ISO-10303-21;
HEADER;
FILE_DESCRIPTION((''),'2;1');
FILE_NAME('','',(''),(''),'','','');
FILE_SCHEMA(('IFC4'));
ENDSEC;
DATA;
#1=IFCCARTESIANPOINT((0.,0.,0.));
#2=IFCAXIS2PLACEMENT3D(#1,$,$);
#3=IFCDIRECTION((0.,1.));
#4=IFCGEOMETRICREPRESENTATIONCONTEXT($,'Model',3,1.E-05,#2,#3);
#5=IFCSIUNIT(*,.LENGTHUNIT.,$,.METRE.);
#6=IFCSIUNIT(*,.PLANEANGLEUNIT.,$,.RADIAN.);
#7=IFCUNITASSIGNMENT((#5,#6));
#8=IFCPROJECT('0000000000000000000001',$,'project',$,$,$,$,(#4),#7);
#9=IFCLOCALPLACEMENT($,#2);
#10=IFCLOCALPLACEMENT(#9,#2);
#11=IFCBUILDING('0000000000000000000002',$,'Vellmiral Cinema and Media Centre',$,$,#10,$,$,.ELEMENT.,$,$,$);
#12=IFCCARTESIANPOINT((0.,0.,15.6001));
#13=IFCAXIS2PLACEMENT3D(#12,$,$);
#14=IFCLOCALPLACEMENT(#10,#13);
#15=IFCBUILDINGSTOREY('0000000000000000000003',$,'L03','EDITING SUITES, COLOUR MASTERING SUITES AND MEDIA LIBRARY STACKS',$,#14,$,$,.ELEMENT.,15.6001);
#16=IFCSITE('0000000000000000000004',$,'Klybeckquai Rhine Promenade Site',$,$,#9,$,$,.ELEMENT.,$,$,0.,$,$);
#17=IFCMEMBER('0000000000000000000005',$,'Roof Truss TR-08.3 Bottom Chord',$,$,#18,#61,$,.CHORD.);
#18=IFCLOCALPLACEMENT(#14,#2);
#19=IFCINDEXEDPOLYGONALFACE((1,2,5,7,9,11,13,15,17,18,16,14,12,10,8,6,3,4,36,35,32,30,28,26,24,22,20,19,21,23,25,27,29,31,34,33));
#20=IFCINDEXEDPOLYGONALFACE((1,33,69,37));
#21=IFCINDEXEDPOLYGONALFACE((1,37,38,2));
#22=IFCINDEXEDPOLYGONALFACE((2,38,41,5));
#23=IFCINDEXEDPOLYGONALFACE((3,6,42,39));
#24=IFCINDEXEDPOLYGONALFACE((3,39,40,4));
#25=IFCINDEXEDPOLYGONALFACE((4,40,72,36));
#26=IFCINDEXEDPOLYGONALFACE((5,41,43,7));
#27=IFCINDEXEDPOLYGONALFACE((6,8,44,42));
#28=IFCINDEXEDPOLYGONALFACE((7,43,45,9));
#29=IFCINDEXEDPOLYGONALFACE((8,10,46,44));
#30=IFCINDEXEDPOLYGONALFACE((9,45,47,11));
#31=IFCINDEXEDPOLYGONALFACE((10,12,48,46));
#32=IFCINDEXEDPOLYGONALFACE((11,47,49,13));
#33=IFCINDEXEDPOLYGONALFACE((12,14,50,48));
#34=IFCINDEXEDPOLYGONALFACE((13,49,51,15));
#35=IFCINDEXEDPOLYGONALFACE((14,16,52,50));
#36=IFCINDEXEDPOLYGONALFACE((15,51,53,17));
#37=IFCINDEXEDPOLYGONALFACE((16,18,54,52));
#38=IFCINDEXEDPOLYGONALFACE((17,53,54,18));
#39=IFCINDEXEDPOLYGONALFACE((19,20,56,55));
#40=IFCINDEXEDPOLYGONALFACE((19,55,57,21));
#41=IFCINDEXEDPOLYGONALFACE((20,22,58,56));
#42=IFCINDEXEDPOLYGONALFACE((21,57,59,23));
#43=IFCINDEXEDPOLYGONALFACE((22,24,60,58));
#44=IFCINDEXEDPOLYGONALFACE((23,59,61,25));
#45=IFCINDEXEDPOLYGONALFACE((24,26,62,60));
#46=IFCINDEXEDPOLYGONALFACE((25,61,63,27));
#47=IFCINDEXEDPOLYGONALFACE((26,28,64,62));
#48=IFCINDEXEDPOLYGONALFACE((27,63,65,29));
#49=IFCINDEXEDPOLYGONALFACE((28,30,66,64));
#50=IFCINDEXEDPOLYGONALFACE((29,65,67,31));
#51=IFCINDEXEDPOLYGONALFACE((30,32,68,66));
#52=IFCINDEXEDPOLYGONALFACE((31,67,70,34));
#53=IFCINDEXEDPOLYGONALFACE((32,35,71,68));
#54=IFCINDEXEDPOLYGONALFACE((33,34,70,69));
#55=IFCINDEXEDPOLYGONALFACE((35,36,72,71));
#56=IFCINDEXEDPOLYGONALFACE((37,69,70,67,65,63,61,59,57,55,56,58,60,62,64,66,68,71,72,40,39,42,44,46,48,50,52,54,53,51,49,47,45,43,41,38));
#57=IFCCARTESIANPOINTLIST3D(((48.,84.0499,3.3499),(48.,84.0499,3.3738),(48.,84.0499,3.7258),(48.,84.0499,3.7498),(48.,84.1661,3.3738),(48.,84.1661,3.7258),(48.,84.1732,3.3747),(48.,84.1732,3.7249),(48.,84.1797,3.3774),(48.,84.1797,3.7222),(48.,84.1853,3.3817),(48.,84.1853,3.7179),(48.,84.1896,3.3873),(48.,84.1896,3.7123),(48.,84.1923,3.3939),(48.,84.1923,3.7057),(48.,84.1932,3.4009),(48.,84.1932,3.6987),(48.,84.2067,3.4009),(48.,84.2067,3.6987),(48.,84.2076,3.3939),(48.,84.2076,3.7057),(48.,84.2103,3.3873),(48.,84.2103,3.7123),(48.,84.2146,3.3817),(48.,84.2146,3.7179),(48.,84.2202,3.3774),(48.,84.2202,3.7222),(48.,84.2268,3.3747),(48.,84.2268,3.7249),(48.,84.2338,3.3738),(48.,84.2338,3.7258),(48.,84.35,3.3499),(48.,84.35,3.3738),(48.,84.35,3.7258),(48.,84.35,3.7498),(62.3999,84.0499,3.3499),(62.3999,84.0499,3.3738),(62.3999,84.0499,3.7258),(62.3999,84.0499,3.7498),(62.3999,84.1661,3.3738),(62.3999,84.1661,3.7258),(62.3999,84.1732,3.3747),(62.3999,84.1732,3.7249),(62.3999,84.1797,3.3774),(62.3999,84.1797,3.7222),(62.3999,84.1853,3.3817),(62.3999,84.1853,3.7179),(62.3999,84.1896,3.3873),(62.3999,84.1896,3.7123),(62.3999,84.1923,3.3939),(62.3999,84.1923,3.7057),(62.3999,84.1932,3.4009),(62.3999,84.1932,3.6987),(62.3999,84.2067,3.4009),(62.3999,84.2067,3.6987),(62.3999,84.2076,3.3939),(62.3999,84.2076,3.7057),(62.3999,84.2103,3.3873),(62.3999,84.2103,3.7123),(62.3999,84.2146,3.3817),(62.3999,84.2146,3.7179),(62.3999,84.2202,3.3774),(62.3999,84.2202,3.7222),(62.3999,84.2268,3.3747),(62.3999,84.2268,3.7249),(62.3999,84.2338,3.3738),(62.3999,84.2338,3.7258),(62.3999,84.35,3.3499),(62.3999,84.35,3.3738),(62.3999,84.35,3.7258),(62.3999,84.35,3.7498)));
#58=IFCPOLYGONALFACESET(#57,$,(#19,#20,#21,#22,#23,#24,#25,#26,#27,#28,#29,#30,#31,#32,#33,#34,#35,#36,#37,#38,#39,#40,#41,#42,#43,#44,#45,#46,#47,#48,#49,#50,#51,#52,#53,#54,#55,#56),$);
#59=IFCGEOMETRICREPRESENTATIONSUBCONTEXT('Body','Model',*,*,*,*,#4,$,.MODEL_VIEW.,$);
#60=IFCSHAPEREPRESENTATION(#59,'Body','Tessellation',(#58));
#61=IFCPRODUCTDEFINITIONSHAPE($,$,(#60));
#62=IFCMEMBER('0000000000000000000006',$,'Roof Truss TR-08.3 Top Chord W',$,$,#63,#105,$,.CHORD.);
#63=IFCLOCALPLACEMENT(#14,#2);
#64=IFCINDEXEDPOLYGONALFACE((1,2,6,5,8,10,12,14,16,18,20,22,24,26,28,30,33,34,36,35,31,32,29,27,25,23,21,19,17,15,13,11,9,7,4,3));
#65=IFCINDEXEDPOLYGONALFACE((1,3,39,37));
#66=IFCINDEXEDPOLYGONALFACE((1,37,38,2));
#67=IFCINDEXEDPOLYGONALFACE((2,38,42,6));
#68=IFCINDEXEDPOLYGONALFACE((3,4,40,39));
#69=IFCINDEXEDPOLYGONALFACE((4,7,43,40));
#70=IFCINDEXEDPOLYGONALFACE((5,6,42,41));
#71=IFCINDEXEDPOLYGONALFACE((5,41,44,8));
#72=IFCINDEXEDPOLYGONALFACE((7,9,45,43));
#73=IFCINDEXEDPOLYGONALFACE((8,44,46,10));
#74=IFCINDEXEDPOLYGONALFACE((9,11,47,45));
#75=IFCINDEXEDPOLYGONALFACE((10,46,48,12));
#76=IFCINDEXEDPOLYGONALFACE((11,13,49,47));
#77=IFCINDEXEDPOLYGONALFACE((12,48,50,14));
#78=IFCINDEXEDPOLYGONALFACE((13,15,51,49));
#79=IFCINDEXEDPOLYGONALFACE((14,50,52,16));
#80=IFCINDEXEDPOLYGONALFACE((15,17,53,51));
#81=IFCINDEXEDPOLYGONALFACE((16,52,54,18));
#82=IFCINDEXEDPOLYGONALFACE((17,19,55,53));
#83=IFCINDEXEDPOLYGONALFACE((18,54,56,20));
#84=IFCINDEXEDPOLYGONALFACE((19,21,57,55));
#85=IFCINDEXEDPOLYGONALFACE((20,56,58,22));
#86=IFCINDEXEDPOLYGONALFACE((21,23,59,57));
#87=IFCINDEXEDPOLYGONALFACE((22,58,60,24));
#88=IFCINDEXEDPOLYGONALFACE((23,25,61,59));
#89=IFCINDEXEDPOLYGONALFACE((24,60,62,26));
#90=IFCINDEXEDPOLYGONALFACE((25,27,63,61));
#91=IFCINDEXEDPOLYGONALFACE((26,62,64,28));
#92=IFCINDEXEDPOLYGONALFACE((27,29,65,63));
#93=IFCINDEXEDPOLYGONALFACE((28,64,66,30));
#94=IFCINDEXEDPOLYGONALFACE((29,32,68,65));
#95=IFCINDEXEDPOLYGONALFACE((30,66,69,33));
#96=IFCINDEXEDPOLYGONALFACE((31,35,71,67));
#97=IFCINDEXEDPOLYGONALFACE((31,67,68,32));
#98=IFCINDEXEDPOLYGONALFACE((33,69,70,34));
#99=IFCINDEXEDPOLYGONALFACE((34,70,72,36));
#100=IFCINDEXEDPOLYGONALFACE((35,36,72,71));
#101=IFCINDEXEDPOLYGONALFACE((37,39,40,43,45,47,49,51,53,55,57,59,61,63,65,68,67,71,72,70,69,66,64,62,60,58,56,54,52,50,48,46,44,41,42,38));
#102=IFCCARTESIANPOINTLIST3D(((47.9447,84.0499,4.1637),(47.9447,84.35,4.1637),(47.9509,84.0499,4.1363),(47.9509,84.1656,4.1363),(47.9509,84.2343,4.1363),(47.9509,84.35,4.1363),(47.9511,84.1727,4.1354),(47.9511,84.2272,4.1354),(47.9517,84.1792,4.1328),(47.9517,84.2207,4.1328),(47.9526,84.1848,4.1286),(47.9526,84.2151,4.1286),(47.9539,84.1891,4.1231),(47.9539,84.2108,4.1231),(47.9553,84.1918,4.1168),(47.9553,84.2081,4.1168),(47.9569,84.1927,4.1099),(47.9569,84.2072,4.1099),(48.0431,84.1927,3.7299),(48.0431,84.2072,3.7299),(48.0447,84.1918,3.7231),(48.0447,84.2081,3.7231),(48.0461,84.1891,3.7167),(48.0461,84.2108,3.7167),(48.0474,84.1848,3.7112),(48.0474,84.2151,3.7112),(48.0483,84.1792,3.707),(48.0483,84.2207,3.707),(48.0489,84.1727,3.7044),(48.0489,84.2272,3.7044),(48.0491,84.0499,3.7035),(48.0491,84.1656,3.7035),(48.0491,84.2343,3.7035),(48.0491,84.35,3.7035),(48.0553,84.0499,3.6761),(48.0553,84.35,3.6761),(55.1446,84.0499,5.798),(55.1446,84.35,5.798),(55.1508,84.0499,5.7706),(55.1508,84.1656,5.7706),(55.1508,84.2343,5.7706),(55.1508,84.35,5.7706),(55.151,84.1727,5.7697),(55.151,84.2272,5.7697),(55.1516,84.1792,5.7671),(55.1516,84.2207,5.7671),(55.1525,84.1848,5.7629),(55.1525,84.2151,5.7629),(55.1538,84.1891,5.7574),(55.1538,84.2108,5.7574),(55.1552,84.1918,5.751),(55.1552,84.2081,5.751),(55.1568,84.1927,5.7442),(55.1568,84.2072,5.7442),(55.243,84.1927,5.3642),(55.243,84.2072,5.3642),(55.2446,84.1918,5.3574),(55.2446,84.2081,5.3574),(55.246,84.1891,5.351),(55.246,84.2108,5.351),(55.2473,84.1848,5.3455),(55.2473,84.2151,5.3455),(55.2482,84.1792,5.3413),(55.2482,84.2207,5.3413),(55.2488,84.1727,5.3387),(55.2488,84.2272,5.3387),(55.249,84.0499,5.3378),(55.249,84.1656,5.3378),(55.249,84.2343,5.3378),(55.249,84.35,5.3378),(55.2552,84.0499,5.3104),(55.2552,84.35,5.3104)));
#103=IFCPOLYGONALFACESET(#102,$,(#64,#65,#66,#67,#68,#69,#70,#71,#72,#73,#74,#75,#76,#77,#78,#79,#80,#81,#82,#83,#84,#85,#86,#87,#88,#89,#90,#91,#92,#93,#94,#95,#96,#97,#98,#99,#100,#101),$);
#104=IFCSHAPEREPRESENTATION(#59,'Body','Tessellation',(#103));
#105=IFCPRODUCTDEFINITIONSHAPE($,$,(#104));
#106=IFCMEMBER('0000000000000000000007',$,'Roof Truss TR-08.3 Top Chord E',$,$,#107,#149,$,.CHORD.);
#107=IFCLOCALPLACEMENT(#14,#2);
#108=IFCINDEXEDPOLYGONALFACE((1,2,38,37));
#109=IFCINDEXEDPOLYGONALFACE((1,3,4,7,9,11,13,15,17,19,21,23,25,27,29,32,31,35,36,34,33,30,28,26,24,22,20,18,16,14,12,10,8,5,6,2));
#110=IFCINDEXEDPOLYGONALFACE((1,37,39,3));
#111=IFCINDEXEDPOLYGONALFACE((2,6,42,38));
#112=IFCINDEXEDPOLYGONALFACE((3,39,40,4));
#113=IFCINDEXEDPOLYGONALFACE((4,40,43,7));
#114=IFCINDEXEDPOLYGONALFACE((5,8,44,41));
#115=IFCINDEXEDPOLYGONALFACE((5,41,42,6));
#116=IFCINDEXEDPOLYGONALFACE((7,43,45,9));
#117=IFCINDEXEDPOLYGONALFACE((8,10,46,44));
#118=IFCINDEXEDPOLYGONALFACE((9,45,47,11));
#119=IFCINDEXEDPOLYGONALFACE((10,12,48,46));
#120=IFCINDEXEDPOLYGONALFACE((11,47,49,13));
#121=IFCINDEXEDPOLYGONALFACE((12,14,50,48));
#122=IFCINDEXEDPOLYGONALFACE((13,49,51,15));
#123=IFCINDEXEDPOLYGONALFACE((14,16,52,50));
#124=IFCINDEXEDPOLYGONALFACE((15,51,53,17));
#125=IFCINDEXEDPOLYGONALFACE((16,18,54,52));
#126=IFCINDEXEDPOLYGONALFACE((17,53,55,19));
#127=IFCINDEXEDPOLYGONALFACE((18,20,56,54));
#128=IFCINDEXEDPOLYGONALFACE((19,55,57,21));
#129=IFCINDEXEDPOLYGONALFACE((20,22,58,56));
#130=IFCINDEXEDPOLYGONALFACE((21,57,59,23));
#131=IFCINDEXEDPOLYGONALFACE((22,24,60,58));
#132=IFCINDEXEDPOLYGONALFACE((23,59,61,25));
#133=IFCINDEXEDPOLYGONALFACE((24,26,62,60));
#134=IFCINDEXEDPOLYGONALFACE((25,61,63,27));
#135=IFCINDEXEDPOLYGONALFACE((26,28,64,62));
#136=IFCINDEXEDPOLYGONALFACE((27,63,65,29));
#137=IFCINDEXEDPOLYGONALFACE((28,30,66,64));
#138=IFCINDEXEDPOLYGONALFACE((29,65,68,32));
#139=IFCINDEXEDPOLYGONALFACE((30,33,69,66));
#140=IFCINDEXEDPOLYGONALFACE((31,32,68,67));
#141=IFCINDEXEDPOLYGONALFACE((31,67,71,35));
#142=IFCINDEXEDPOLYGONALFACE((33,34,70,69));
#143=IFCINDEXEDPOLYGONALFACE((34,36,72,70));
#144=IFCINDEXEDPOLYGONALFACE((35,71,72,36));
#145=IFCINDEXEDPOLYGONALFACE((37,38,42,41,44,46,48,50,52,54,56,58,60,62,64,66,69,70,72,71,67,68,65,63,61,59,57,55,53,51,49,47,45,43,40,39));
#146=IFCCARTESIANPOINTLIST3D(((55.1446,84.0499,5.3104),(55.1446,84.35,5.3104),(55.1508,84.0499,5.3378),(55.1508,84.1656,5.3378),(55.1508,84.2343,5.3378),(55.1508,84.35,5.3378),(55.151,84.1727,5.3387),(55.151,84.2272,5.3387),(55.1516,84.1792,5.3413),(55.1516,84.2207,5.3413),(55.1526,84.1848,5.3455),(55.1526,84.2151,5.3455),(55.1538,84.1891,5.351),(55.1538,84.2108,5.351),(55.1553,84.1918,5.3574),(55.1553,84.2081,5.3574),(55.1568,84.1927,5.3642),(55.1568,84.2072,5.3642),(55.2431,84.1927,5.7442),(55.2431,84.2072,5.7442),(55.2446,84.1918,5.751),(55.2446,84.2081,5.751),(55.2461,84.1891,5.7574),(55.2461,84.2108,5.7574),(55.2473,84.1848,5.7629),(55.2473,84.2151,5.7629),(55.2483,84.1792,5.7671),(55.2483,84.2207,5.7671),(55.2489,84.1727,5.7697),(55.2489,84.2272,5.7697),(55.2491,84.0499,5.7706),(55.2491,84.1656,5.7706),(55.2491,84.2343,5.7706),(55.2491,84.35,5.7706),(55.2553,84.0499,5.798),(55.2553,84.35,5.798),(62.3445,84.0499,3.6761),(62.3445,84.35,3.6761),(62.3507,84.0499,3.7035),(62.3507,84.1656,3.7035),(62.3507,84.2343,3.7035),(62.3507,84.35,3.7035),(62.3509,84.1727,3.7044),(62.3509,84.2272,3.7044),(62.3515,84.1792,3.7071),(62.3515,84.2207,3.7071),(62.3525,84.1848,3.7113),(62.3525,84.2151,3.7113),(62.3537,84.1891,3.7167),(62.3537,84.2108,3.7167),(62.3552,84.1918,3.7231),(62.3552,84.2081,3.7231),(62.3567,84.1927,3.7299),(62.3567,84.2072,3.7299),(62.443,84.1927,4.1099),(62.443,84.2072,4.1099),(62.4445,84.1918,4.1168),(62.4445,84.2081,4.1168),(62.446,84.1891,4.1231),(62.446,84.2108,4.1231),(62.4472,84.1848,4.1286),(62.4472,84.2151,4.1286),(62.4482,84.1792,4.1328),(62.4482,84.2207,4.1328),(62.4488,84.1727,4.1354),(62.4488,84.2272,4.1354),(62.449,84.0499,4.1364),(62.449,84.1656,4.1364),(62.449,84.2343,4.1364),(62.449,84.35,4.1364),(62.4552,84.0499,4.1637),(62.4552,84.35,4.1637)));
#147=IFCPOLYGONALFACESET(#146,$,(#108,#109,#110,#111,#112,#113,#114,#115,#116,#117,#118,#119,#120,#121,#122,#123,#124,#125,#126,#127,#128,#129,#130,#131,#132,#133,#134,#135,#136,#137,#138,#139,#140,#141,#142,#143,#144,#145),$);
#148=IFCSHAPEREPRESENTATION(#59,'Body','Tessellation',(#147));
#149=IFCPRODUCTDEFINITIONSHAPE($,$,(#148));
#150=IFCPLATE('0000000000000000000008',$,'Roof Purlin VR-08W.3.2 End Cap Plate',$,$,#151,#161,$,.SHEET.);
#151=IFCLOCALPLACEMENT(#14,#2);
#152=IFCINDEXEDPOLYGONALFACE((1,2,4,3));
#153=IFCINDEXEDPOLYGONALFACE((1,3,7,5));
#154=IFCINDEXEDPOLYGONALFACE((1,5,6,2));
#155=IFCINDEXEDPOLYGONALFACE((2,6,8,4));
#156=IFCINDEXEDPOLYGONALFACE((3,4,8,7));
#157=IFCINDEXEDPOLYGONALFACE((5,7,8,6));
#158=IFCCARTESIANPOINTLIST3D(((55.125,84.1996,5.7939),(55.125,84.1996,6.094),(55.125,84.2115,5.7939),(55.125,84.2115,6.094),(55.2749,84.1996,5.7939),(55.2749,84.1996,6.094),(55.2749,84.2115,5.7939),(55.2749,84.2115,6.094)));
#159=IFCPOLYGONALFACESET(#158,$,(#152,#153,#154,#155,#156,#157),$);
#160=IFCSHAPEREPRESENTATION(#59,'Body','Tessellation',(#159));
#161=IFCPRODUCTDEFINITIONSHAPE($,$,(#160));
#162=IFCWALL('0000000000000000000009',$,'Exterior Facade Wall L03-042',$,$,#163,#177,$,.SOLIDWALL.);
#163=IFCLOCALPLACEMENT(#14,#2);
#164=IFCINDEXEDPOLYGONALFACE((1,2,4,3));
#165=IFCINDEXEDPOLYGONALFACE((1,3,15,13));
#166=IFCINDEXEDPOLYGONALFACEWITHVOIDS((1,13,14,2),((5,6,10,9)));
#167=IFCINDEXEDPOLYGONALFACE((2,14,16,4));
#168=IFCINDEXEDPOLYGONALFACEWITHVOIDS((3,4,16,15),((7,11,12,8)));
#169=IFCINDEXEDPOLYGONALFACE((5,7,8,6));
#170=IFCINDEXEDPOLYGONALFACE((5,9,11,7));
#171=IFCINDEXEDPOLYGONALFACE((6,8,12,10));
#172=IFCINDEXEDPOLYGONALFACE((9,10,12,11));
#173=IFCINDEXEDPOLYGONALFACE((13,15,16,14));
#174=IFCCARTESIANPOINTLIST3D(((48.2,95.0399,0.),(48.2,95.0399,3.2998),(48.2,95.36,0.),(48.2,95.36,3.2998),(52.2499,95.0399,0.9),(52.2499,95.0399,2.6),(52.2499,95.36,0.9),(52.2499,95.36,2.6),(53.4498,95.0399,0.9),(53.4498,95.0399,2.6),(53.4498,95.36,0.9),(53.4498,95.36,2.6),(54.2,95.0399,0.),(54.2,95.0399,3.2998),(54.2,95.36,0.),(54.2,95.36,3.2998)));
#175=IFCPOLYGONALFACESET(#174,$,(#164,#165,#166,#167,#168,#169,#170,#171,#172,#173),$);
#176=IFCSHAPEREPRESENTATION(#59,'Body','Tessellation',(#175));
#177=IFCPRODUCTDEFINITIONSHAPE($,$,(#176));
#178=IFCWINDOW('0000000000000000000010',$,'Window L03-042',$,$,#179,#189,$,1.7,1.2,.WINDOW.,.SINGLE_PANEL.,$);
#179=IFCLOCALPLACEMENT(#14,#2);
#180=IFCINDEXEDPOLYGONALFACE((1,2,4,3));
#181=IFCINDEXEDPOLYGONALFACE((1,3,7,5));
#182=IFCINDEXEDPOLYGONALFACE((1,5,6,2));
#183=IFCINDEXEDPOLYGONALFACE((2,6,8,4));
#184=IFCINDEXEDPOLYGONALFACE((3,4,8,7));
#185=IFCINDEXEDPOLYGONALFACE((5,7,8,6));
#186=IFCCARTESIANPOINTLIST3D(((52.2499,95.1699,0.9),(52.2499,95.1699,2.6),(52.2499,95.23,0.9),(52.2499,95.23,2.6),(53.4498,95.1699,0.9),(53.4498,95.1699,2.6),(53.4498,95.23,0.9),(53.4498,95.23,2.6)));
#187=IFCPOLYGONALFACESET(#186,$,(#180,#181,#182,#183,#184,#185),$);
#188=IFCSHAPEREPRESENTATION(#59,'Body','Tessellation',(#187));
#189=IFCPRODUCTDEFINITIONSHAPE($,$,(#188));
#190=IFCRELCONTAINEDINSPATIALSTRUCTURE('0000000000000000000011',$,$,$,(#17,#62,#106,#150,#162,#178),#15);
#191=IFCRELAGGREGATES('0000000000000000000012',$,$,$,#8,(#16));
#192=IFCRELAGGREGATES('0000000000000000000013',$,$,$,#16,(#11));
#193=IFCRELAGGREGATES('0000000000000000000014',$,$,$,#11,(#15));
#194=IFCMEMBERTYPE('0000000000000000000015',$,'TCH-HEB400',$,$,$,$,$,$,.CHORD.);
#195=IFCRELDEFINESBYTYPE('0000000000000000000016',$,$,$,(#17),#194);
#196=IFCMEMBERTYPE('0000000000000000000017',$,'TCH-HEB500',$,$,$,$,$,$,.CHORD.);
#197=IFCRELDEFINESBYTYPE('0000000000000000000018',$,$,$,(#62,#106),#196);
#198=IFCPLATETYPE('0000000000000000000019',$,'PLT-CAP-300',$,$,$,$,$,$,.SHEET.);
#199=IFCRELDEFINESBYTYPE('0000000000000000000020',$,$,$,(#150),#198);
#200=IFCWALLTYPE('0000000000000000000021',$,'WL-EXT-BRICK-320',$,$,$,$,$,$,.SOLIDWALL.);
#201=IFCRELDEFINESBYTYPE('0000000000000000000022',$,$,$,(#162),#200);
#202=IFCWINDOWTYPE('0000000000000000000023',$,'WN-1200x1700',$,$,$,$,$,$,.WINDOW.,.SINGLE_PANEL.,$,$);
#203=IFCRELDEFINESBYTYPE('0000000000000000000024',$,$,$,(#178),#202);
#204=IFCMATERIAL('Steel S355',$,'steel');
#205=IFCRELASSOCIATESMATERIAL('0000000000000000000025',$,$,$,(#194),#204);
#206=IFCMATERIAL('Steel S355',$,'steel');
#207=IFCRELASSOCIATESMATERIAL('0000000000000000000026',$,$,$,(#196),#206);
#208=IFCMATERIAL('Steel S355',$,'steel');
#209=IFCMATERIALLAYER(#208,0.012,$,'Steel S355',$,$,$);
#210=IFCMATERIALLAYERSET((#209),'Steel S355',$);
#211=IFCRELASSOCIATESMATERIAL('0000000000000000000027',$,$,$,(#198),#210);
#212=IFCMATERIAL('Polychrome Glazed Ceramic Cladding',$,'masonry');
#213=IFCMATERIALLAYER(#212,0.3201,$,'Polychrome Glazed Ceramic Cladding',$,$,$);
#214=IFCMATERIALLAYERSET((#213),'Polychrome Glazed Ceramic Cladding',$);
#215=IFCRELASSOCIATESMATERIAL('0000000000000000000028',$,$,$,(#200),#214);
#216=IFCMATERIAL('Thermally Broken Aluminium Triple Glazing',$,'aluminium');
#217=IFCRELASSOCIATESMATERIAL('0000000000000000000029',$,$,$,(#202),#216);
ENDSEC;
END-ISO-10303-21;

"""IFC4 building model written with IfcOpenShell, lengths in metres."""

from ifc_helpers import new_model, si_unit, direction, frame, frame_2d, origin, origin_2d, place, context, subcontext, project, spatial, rectangle, i_section, extrude, material, layer, layer_set, material_profile, profile_set, type_object, element, fill, save


model = new_model("IFC4")

# Units and contexts
model_context = context("Model", 3, precision=1e-05, world=origin(), true_north=direction((0.0, 1.0)))
body_context = subcontext(model_context, "Body", "Model", "MODEL_VIEW")
ifc_project = project(units=[si_unit("LENGTHUNIT", "METRE"), si_unit("PLANEANGLEUNIT", "RADIAN")], contexts=[model_context])

# Site, building, storey
site_placement = place(None, origin())
site = spatial("IfcSite", under=ifc_project, at=site_placement, Name="Klybeckquai Rhine Promenade Site", CompositionType="ELEMENT", RefElevation=0.0)
building_placement = place(site_placement, origin())
building = spatial("IfcBuilding", under=site, at=building_placement, Name="Vellmiral Cinema and Media Centre", CompositionType="ELEMENT")
storey_placement = place(building_placement, frame((0.0, 0.0, 15.6001)))
storey = spatial("IfcBuildingStorey", under=building, at=storey_placement, Name="L03", Description="EDITING SUITES, COLOUR MASTERING SUITES AND MEDIA LIBRARY STACKS", CompositionType="ELEMENT", Elevation=15.6001)

# Members
ifc_material_1 = material(Name="Steel S355", Category="steel")
ifc_material_profile_1 = material_profile(ifc_material_1, i_section(OverallWidth=0.3, OverallDepth=0.3999, WebThickness=0.0134, FlangeThickness=0.0239, FilletRadius=0.0271, at=origin_2d()), Name="HEB 400")
ifc_profile_set_1 = profile_set([ifc_material_profile_1], Name="Steel S355")
member_type_1 = type_object("IfcMemberType", Name="TCH-HEB400", PredefinedType="CHORD", material=ifc_profile_set_1)
member_1_placement = place(storey_placement, frame((48.0, 84.2, 3.5498), z_axis=(1.0, 0.0, 0.0), x_axis=(0.0, 1.0, 0.0)))
element("IfcMember", 1, at=member_1_placement, inside=storey, type_object=member_type_1, Name="Roof Truss TR-08.3 Bottom Chord", PredefinedType="CHORD", context=body_context, shape_type="SweptSolid", body=[
    extrude(i_section(OverallWidth=0.3, OverallDepth=0.3999, WebThickness=0.0134, FlangeThickness=0.0239, FilletRadius=0.0271, at=origin_2d()), origin(), (0.0, 0.0, 1.0), 14.3999),
])
ifc_material_2 = material(Name="Steel S355", Category="steel")
ifc_material_profile_2 = material_profile(ifc_material_2, i_section(OverallWidth=0.3, OverallDepth=0.5, WebThickness=0.0144, FlangeThickness=0.0281, FilletRadius=0.0271, at=origin_2d()), Name="HEB 500")
ifc_profile_set_2 = profile_set([ifc_material_profile_2], Name="Steel S355")
member_type_2 = type_object("IfcMemberType", Name="TCH-HEB500", PredefinedType="CHORD", material=ifc_profile_set_2)
for number, where, z_axis, x_axis, name in (
    (2, (48.0, 84.2, 3.9199), (0.975194, 0.0, 0.221354), (0.0, 1.0, 0.0), "Roof Truss TR-08.3 Top Chord W"),
    (3, (55.2, 84.2, 5.5542), (0.975194, 0.0, -0.221354), (0.0, 1.0, 0.0), "Roof Truss TR-08.3 Top Chord E"),
):
    element("IfcMember", number, at=place(storey_placement, frame(where, z_axis=z_axis, x_axis=x_axis)), inside=storey, type_object=member_type_2, Name=name, PredefinedType="CHORD", context=body_context, shape_type="SweptSolid", body=[
        extrude(i_section(OverallWidth=0.3, OverallDepth=0.5, WebThickness=0.0144, FlangeThickness=0.0281, FilletRadius=0.0271, at=origin_2d()), origin(), (0.0, 0.0, 1.0), 7.3831),
    ])

# Plate
ifc_material_3 = material(Name="Steel S355", Category="steel")
ifc_layer_1 = layer(ifc_material_3, 0.012, Name="Steel S355")
ifc_layer_set_1 = layer_set([ifc_layer_1], Name="Steel S355")
plate_type = type_object("IfcPlateType", Name="PLT-CAP-300", PredefinedType="SHEET", material=ifc_layer_set_1)
plate_placement = place(storey_placement, frame((55.2, 84.2056, 5.7939), z_axis=(0.0, 0.0, 1.0), x_axis=(1.0, 0.0, 0.0)))
element("IfcPlate", 4, at=plate_placement, inside=storey, type_object=plate_type, Name="Roof Purlin VR-08W.3.2 End Cap Plate", PredefinedType="SHEET", context=body_context, shape_type="SweptSolid", body=[
    extrude(rectangle(XDim=0.1499, YDim=0.012, at=origin_2d()), origin(), (0.0, 0.0, 1.0), 0.3),
])

# Wall, opening, window
ifc_material_4 = material(Name="Polychrome Glazed Ceramic Cladding", Category="masonry")
ifc_layer_2 = layer(ifc_material_4, 0.3201, Name="Polychrome Glazed Ceramic Cladding")
ifc_layer_set_2 = layer_set([ifc_layer_2], Name="Polychrome Glazed Ceramic Cladding")
wall_type_1 = type_object("IfcWallType", Name="WL-EXT-BRICK-320", PredefinedType="SOLIDWALL", material=ifc_layer_set_2)
wall_1_placement = place(storey_placement, frame((54.2, 95.2, 0.0), z_axis=(0.0, 0.0, 1.0), x_axis=(-1.0, 0.0, 0.0)))
wall_1 = element("IfcWall", 5, at=wall_1_placement, inside=storey, type_object=wall_type_1, Name="Exterior Facade Wall L03-042", PredefinedType="SOLIDWALL", context=body_context, shape_type="SweptSolid", body=[
    extrude(rectangle(XDim=6.0, YDim=0.3201, at=frame_2d((3.0, 0.0))), origin(), (0.0, 0.0, 1.0), 3.2998),
])
opening_1_placement = place(wall_1_placement, frame((0.75, 0.0, 0.8999)))
opening_1 = element("IfcOpeningElement", 6, at=opening_1_placement, cuts=wall_1, PredefinedType="OPENING", context=body_context, shape_type="SweptSolid", body=[
    extrude(rectangle(XDim=1.2, YDim=1.7, at=frame_2d((0.6001, 0.8501))), frame((0.0, 0.1719, 0.0), z_axis=(0.0, -1.0, 0.0), x_axis=(1.0, 0.0, 0.0)), (0.0, 0.0, 1.0), 0.344),
])
ifc_material_5 = material(Name="Thermally Broken Aluminium Triple Glazing", Category="aluminium")
window_type_1 = type_object("IfcWindowType", Name="WN-1200x1700", PartitioningType="SINGLE_PANEL", PredefinedType="WINDOW", material=ifc_material_5)
window_1_placement = place(opening_1_placement, origin())
window_1 = element("IfcWindow", 7, at=window_1_placement, inside=storey, type_object=window_type_1, Name="Window L03-042", OverallHeight=1.7, OverallWidth=1.2, PartitioningType="SINGLE_PANEL", PredefinedType="WINDOW", context=body_context, shape_type="SweptSolid", body=[
    extrude(rectangle(XDim=1.2, YDim=1.7, at=frame_2d((0.6001, 0.8501))), frame((0.0, 0.03, 0.0), z_axis=(0.0, -1.0, 0.0), x_axis=(1.0, 0.0, 0.0)), (0.0, 0.0, 1.0), 0.0601),
])
fill(opening_1, window_1)

save(model, "model.ifc")
